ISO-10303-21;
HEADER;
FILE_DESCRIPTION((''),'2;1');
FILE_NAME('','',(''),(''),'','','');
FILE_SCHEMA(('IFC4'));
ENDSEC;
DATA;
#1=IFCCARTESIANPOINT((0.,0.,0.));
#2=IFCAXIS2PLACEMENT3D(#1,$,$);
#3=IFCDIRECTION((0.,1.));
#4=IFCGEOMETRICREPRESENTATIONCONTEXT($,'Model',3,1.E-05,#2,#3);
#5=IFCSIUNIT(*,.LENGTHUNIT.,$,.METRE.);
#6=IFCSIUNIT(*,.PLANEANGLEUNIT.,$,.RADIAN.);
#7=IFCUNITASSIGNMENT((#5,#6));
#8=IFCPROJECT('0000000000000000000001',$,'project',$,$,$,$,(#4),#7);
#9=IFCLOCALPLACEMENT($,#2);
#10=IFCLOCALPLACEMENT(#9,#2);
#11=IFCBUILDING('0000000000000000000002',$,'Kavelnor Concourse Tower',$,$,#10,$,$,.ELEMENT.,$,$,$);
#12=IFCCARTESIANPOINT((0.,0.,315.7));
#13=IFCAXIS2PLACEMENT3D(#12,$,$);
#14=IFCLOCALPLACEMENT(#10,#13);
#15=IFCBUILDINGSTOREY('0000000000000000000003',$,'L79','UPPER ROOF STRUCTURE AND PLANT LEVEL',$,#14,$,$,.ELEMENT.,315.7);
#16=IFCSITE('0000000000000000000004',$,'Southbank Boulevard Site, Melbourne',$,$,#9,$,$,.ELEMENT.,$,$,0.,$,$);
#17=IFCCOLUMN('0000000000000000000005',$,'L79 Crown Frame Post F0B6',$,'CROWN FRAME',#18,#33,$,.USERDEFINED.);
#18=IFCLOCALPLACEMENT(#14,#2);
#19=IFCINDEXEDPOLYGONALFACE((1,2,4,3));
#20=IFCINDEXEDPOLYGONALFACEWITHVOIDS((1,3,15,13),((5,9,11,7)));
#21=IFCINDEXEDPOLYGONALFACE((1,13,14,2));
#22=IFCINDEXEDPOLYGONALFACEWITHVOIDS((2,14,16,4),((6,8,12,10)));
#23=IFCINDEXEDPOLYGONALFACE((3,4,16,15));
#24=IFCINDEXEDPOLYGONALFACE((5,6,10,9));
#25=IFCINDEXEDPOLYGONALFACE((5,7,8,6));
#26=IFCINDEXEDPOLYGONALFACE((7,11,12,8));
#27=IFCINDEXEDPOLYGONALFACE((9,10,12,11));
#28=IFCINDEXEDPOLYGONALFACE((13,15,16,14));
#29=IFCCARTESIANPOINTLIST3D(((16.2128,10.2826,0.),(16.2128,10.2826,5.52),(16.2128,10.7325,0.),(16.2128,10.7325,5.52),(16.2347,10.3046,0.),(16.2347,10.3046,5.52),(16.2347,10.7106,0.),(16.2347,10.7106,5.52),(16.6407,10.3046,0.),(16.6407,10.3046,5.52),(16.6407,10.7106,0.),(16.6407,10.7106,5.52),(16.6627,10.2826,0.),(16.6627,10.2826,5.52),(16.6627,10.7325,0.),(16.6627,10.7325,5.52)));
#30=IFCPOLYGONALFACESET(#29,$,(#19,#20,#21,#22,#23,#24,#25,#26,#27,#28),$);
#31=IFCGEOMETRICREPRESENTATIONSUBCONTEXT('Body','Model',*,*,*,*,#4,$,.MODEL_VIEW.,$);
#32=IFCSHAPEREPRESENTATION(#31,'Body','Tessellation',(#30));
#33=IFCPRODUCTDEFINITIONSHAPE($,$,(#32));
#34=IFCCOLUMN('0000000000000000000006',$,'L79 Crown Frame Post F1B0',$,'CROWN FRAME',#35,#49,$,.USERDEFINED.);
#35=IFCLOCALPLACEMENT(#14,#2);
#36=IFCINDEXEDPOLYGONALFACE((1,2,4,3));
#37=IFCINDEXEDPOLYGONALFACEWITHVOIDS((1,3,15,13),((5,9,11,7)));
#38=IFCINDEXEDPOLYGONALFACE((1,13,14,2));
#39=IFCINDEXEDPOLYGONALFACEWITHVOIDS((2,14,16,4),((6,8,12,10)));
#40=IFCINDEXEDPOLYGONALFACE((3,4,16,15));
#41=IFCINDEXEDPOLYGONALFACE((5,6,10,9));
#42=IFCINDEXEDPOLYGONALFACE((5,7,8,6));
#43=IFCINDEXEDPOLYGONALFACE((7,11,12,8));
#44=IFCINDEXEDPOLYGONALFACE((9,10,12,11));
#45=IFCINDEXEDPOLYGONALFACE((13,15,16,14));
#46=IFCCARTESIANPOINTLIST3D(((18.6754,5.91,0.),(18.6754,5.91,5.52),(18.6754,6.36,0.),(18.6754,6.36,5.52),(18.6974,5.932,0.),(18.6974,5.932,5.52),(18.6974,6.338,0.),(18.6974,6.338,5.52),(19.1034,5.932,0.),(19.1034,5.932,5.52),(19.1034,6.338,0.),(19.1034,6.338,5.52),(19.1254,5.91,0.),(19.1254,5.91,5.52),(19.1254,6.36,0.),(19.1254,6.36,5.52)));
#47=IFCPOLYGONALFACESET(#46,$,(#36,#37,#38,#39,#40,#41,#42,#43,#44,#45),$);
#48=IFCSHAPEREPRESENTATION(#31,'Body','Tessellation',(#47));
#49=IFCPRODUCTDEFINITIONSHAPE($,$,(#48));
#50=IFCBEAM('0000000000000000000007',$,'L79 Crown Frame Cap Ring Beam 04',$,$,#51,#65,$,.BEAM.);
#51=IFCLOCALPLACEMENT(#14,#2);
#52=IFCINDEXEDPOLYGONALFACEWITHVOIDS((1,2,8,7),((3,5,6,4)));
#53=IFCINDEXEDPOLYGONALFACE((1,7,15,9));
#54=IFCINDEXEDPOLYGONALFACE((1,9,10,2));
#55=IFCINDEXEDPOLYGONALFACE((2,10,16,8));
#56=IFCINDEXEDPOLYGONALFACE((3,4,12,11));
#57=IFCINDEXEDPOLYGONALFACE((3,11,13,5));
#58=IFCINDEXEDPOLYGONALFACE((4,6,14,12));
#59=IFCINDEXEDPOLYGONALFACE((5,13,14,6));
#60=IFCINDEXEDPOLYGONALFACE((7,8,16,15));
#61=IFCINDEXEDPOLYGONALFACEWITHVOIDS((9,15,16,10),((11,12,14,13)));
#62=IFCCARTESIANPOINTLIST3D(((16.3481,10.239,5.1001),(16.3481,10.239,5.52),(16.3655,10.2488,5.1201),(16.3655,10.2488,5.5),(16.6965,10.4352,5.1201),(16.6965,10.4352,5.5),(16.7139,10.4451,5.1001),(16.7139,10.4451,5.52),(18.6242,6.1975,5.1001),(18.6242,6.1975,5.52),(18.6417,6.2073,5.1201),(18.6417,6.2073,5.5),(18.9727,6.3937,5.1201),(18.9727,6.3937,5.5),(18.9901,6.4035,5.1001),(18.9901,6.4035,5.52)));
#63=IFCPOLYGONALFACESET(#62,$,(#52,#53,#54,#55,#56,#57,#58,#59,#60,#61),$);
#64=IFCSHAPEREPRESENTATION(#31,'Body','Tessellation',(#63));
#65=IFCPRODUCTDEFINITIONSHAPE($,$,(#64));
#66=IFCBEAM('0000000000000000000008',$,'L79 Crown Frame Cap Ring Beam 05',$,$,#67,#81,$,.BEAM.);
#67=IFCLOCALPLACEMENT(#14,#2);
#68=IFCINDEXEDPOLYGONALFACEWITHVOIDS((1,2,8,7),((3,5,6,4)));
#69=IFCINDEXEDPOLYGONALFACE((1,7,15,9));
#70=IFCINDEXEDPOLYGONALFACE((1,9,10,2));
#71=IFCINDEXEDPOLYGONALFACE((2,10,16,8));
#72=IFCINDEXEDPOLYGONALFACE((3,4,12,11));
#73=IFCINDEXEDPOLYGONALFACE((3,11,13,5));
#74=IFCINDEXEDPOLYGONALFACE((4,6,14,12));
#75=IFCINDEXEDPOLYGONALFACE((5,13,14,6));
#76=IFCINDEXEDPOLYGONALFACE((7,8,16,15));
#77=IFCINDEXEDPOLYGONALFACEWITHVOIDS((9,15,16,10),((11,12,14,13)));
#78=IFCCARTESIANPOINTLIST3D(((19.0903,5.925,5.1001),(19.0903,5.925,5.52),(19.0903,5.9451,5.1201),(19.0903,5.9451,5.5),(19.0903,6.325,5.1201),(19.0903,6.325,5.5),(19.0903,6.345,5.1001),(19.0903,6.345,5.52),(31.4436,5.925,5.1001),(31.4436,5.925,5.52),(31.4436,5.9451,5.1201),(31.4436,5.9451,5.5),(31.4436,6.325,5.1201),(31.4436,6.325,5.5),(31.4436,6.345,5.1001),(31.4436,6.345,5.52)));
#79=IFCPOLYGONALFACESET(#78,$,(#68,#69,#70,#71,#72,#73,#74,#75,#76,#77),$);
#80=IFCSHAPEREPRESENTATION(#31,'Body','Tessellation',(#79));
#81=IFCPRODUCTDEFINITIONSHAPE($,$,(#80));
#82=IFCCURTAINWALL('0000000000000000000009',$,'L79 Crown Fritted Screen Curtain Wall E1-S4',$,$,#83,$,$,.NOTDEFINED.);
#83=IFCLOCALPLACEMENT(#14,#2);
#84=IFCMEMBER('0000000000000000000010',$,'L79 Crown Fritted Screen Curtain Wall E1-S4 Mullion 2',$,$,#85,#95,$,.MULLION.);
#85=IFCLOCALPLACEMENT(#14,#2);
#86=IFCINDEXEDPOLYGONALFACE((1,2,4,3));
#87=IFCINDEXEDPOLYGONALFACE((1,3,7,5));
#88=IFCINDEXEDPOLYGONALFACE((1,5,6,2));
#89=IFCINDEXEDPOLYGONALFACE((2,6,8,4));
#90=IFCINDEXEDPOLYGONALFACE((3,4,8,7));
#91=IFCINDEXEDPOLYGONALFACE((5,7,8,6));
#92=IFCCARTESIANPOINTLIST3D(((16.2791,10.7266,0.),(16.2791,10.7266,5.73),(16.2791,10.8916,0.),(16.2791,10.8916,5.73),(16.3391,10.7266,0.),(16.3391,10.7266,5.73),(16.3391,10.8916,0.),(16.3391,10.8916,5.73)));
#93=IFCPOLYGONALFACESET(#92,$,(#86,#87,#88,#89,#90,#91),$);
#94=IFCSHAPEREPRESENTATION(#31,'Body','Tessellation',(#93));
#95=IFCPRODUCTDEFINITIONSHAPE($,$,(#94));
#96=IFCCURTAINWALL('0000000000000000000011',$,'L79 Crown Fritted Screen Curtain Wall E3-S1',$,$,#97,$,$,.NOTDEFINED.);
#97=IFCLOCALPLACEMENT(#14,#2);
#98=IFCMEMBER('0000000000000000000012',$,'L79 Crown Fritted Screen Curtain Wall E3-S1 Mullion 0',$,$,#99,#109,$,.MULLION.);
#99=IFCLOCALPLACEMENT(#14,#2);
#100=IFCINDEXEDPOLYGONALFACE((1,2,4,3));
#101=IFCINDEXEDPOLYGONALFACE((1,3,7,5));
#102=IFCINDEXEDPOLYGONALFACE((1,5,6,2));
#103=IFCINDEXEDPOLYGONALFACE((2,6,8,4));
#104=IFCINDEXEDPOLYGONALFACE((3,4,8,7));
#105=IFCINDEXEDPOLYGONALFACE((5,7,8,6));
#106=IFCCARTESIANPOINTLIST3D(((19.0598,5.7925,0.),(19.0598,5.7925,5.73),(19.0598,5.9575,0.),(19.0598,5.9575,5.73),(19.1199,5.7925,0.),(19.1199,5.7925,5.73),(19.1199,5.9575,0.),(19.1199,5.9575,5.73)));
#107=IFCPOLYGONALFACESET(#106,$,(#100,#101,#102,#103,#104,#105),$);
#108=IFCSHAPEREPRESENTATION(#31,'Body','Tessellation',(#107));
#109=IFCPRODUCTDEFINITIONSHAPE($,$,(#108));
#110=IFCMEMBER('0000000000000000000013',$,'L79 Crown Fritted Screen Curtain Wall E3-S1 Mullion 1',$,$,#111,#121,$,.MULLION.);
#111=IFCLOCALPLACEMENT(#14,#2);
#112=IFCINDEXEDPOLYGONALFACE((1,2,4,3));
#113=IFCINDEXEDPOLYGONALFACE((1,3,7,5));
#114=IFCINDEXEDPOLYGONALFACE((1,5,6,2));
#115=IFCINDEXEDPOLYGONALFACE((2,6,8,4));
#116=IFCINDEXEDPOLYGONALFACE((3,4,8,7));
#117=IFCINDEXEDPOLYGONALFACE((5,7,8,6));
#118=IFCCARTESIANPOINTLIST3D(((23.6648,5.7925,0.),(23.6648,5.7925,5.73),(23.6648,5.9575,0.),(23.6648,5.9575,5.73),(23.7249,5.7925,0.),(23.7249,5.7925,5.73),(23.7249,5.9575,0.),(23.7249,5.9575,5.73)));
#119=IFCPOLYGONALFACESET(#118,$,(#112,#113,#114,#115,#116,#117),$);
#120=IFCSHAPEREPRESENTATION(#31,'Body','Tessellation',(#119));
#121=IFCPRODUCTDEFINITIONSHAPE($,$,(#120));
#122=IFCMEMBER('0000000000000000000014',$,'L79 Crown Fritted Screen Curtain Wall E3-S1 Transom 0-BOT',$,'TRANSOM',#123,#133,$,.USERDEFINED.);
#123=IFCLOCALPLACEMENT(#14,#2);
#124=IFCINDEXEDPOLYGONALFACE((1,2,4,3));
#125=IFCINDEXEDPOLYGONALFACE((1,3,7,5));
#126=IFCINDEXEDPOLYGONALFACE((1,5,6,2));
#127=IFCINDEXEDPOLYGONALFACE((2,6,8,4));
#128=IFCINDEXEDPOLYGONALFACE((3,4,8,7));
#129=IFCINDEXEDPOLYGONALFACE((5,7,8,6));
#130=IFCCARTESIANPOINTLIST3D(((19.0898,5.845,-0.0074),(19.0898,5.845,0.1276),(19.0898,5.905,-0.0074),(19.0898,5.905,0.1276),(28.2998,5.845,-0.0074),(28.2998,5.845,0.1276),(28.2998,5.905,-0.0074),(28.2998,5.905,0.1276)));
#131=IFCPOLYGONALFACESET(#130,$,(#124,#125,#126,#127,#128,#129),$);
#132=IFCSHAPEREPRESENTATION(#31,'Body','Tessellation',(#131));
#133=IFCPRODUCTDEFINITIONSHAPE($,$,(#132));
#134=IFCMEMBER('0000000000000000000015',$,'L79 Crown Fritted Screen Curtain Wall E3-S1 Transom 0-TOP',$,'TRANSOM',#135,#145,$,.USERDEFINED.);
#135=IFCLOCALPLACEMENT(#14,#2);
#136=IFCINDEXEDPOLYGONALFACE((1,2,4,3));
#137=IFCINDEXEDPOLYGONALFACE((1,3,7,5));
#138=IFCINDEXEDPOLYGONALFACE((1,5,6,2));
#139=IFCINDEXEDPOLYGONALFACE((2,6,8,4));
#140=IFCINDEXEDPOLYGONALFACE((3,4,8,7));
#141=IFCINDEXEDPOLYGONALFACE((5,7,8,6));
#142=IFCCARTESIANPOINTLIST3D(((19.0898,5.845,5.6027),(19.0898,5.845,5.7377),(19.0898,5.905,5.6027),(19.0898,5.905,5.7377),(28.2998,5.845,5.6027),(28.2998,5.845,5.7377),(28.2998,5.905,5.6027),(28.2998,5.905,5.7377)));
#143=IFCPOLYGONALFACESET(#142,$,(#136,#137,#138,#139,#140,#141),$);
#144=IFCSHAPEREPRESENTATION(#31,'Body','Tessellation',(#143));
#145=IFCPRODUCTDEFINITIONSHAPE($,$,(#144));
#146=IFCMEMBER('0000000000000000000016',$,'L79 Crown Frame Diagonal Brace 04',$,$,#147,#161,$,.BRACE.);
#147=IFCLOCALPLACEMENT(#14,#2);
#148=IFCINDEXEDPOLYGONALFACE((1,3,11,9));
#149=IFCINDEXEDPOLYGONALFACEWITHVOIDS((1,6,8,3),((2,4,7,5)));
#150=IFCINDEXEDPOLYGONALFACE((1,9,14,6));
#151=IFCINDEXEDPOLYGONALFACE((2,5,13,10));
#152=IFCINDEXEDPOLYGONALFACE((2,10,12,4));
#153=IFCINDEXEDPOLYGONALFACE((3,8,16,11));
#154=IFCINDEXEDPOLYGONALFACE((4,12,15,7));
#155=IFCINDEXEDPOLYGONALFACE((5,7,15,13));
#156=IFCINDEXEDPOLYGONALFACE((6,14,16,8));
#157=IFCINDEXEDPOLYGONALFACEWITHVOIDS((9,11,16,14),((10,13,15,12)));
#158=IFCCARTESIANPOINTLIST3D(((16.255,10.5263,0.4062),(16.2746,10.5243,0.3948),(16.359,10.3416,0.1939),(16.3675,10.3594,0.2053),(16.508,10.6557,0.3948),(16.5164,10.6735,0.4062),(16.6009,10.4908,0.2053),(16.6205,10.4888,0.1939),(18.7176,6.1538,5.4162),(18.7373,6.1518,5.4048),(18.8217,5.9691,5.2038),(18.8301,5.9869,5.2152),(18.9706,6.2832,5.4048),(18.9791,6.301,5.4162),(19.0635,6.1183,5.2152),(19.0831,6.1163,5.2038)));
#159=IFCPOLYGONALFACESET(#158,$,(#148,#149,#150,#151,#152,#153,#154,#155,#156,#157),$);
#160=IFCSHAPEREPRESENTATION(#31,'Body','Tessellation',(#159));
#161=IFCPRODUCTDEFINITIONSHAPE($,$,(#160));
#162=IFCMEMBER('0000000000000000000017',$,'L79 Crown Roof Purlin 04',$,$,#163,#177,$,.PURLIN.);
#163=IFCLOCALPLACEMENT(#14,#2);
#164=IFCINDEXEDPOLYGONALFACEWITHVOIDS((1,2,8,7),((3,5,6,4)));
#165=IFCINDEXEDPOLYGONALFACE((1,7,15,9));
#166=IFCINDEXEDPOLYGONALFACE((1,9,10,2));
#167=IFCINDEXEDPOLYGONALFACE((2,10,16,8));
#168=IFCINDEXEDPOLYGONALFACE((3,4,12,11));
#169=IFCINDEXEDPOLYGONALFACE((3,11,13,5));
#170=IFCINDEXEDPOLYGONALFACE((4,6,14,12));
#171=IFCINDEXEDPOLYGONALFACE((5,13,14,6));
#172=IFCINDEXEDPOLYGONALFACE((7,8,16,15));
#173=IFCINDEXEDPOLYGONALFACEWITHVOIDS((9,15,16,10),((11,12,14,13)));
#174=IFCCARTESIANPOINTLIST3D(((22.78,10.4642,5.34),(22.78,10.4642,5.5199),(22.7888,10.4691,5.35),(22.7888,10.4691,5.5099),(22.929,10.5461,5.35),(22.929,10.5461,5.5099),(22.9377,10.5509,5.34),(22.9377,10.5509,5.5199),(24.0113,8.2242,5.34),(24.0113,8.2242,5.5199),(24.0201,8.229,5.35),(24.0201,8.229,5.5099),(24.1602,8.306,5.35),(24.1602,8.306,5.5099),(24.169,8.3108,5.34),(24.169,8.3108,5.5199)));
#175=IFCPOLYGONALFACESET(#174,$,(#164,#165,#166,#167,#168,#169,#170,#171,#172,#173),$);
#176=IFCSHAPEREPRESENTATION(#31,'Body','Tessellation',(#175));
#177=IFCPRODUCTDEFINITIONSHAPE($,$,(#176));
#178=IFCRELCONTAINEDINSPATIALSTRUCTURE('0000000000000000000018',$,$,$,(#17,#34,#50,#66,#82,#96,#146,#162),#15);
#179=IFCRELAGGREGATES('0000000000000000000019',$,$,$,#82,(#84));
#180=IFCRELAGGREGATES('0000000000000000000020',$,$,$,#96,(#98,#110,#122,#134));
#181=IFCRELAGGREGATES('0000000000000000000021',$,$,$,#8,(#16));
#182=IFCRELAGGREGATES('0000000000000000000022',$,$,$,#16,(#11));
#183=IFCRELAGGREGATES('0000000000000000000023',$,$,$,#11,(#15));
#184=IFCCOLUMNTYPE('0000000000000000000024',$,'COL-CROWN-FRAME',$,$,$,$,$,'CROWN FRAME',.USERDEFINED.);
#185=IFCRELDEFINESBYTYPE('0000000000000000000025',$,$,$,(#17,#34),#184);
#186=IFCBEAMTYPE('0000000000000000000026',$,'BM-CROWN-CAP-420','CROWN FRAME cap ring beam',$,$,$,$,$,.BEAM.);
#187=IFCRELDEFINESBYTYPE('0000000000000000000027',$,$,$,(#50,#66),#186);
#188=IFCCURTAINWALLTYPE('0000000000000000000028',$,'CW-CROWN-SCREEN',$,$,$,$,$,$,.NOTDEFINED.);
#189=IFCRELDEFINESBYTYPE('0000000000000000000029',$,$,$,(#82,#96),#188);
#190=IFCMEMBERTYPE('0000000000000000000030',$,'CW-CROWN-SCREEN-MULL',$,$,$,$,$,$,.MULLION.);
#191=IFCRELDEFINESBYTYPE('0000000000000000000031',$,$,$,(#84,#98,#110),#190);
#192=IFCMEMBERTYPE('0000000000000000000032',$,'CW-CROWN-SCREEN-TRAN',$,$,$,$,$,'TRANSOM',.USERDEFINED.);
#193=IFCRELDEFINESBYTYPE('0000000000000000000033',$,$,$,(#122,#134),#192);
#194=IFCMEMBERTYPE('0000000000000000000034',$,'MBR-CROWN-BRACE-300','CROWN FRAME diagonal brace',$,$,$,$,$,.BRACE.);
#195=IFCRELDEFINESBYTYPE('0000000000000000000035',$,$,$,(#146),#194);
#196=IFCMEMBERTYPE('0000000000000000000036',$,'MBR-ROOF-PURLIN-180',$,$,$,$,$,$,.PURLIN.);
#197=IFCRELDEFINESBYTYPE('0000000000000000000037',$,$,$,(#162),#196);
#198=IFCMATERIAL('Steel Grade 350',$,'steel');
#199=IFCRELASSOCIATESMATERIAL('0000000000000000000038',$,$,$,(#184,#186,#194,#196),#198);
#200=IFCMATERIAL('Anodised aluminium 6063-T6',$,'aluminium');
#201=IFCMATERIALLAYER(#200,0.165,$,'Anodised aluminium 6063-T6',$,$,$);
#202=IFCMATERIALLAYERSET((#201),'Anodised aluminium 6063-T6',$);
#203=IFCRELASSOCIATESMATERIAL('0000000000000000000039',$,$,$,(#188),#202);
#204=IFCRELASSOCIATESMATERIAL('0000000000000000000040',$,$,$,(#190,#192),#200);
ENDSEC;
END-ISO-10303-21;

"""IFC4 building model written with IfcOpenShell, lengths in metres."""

from ifc_helpers import new_model, si_unit, direction, frame, origin, origin_2d, place, context, subcontext, project, spatial, rectangle, hollow_rectangle, extrude, material, layer, layer_set, material_profile, profile_set, type_object, element, aggregate, save


model = new_model("IFC4")

# Units and contexts
model_context = context("Model", 3, precision=1e-05, world=origin(), true_north=direction((0.0, 1.0)))
body_context = subcontext(model_context, "Body", "Model", "MODEL_VIEW")
ifc_project = project(units=[si_unit("LENGTHUNIT", "METRE"), si_unit("PLANEANGLEUNIT", "RADIAN")], contexts=[model_context])

# Site, building, storey
site_placement = place(None, origin())
site = spatial("IfcSite", under=ifc_project, at=site_placement, Name="Southbank Boulevard Site, Melbourne", CompositionType="ELEMENT", RefElevation=0.0)
building_placement = place(site_placement, origin())
building = spatial("IfcBuilding", under=site, at=building_placement, Name="Kavelnor Concourse Tower", CompositionType="ELEMENT")
storey_placement = place(building_placement, frame((0.0, 0.0, 315.7)))
storey = spatial("IfcBuildingStorey", under=building, at=storey_placement, Name="L79", Description="UPPER ROOF STRUCTURE AND PLANT LEVEL", CompositionType="ELEMENT", Elevation=315.7)

# Columns
ifc_material_1 = material(Name="Steel Grade 350", Category="steel")
ifc_material_profile_1 = material_profile(ifc_material_1, hollow_rectangle(XDim=0.45, YDim=0.45, WallThickness=0.022, at=origin_2d()), Name="SHS 450x450x22")
ifc_profile_set_1 = profile_set([ifc_material_profile_1], Name="Steel Grade 350")
column_type = type_object("IfcColumnType", Name="COL-CROWN-FRAME", ElementType="CROWN FRAME", PredefinedType="USERDEFINED", material=ifc_profile_set_1)
for number, where, z_axis, x_axis, name in (
    (1, (16.4377, 10.5076, 0.0), (0.0, 0.0, 1.0), (1.0, 0.0, 0.0), "L79 Crown Frame Post F0B6"),
    (2, (18.9004, 6.135, 0.0), (0.0, 0.0, 1.0), (1.0, 0.0, 0.0), "L79 Crown Frame Post F1B0"),
):
    element("IfcColumn", number, at=place(storey_placement, frame(where, z_axis=z_axis, x_axis=x_axis)), inside=storey, type_object=column_type, Name=name, ObjectType="CROWN FRAME", PredefinedType="USERDEFINED", context=body_context, shape_type="SweptSolid", body=[
        extrude(hollow_rectangle(XDim=0.45, YDim=0.45, WallThickness=0.022, at=origin_2d()), origin(), (0.0, 0.0, 1.0), 5.52),
    ])

# Beams
ifc_material_profile_2 = material_profile(ifc_material_1, hollow_rectangle(XDim=0.4199, YDim=0.4199, WallThickness=0.02, at=origin_2d()), Name="RHS 420x420x20")
ifc_profile_set_2 = profile_set([ifc_material_profile_2], Name="Steel Grade 350")
beam_type = type_object("IfcBeamType", Name="BM-CROWN-CAP-420", Description="CROWN FRAME cap ring beam", PredefinedType="BEAM", material=ifc_profile_set_2)
beam_1_placement = place(storey_placement, frame((16.531, 10.342, 5.3101), z_axis=(0.490716, -0.87132, 0.0), x_axis=(0.87132, 0.490716, 0.0)))
element("IfcBeam", 3, at=beam_1_placement, inside=storey, type_object=beam_type, Name="L79 Crown Frame Cap Ring Beam 04", PredefinedType="BEAM", context=body_context, shape_type="SweptSolid", body=[
    extrude(hollow_rectangle(XDim=0.4199, YDim=0.4199, WallThickness=0.02, at=origin_2d()), origin(), (0.0, 0.0, 1.0), 4.6384),
])
beam_2_placement = place(storey_placement, frame((19.0903, 6.135, 5.3101), z_axis=(1.0, 0.0, 0.0), x_axis=(0.0, 1.0, 0.0)))
element("IfcBeam", 4, at=beam_2_placement, inside=storey, type_object=beam_type, Name="L79 Crown Frame Cap Ring Beam 05", PredefinedType="BEAM", context=body_context, shape_type="SweptSolid", body=[
    extrude(hollow_rectangle(XDim=0.4199, YDim=0.4199, WallThickness=0.02, at=origin_2d()), origin(), (0.0, 0.0, 1.0), 12.3533),
])

# Curtain wall, member
ifc_material_2 = material(Name="Anodised aluminium 6063-T6", Category="aluminium")
ifc_layer_1 = layer(ifc_material_2, 0.165, Name="Anodised aluminium 6063-T6")
ifc_layer_set_1 = layer_set([ifc_layer_1], Name="Anodised aluminium 6063-T6")
curtain_wall_type = type_object("IfcCurtainWallType", Name="CW-CROWN-SCREEN", PredefinedType="NOTDEFINED", material=ifc_layer_set_1)
curtain_wall_1_placement = place(storey_placement, origin())
curtain_wall_1 = element("IfcCurtainWall", 5, at=curtain_wall_1_placement, inside=storey, type_object=curtain_wall_type, Name="L79 Crown Fritted Screen Curtain Wall E1-S4", PredefinedType="NOTDEFINED")
ifc_material_profile_3 = material_profile(ifc_material_2, rectangle(XDim=0.0601, YDim=0.165, at=origin_2d()), Name="AL-MULL 60x165")
ifc_profile_set_3 = profile_set([ifc_material_profile_3], Name="Anodised aluminium 6063-T6")
member_type_1 = type_object("IfcMemberType", Name="CW-CROWN-SCREEN-MULL", PredefinedType="MULLION", material=ifc_profile_set_3)
member_1_placement = place(storey_placement, frame((16.3091, 10.8091, 0.0), z_axis=(0.0, 0.0, 1.0), x_axis=(1.0, 0.0, 0.0)))
member_1 = element("IfcMember", 6, at=member_1_placement, type_object=member_type_1, Name="L79 Crown Fritted Screen Curtain Wall E1-S4 Mullion 2", PredefinedType="MULLION", context=body_context, shape_type="SweptSolid", body=[
    extrude(rectangle(XDim=0.0601, YDim=0.165, at=origin_2d()), origin(), (0.0, 0.0, 1.0), 5.73),
])
aggregate(curtain_wall_1, [member_1])

# Curtain wall, members
curtain_wall_2_placement = place(storey_placement, origin())
curtain_wall_2 = element("IfcCurtainWall", 7, at=curtain_wall_2_placement, inside=storey, type_object=curtain_wall_type, Name="L79 Crown Fritted Screen Curtain Wall E3-S1", PredefinedType="NOTDEFINED")
member_2_placement = place(storey_placement, frame((19.0898, 5.875, 0.0), z_axis=(0.0, 0.0, 1.0), x_axis=(1.0, 0.0, 0.0)))
member_2 = element("IfcMember", 8, at=member_2_placement, type_object=member_type_1, Name="L79 Crown Fritted Screen Curtain Wall E3-S1 Mullion 0", PredefinedType="MULLION", context=body_context, shape_type="SweptSolid", body=[
    extrude(rectangle(XDim=0.0601, YDim=0.165, at=origin_2d()), origin(), (0.0, 0.0, 1.0), 5.73),
])
member_3_placement = place(storey_placement, frame((23.6948, 5.875, 0.0), z_axis=(0.0, 0.0, 1.0), x_axis=(1.0, 0.0, 0.0)))
member_3 = element("IfcMember", 9, at=member_3_placement, type_object=member_type_1, Name="L79 Crown Fritted Screen Curtain Wall E3-S1 Mullion 1", PredefinedType="MULLION", context=body_context, shape_type="SweptSolid", body=[
    extrude(rectangle(XDim=0.0601, YDim=0.165, at=origin_2d()), origin(), (0.0, 0.0, 1.0), 5.73),
])
ifc_material_profile_4 = material_profile(ifc_material_2, rectangle(XDim=0.0601, YDim=0.135, at=origin_2d()), Name="AL-TRAN 60x135")
ifc_profile_set_4 = profile_set([ifc_material_profile_4], Name="Anodised aluminium 6063-T6")
member_type_2 = type_object("IfcMemberType", Name="CW-CROWN-SCREEN-TRAN", ElementType="TRANSOM", PredefinedType="USERDEFINED", material=ifc_profile_set_4)
member_4_placement = place(storey_placement, frame((19.0898, 5.875, 0.0601), z_axis=(1.0, 0.0, 0.0), x_axis=(0.0, 1.0, 0.0)))
member_4 = element("IfcMember", 10, at=member_4_placement, type_object=member_type_2, Name="L79 Crown Fritted Screen Curtain Wall E3-S1 Transom 0-BOT", ObjectType="TRANSOM", PredefinedType="USERDEFINED", context=body_context, shape_type="SweptSolid", body=[
    extrude(rectangle(XDim=0.0601, YDim=0.135, at=origin_2d()), origin(), (0.0, 0.0, 1.0), 9.21),
])
member_5_placement = place(storey_placement, frame((19.0898, 5.875, 5.6702), z_axis=(1.0, 0.0, 0.0), x_axis=(0.0, 1.0, 0.0)))
member_5 = element("IfcMember", 11, at=member_5_placement, type_object=member_type_2, Name="L79 Crown Fritted Screen Curtain Wall E3-S1 Transom 0-TOP", ObjectType="TRANSOM", PredefinedType="USERDEFINED", context=body_context, shape_type="SweptSolid", body=[
    extrude(rectangle(XDim=0.0601, YDim=0.135, at=origin_2d()), origin(), (0.0, 0.0, 1.0), 9.21),
])

# Members
ifc_material_profile_5 = material_profile(ifc_material_1, hollow_rectangle(XDim=0.3, YDim=0.3, WallThickness=0.0161, at=origin_2d()), Name="SHS 300x300x16")
ifc_profile_set_5 = profile_set([ifc_material_profile_5], Name="Steel Grade 350")
member_type_3 = type_object("IfcMemberType", Name="MBR-CROWN-BRACE-300", Description="CROWN FRAME diagonal brace", PredefinedType="BRACE", material=ifc_profile_set_5)
member_6_placement = place(storey_placement, frame((16.4377, 10.5076, 0.3), z_axis=(0.347286, -0.616624, 0.706518), x_axis=(0.871313, 0.490728, 0.0)))
element("IfcMember", 12, at=member_6_placement, inside=storey, type_object=member_type_3, Name="L79 Crown Frame Diagonal Brace 04", PredefinedType="BRACE", context=body_context, shape_type="SweptSolid", body=[
    extrude(hollow_rectangle(XDim=0.3, YDim=0.3, WallThickness=0.0161, at=origin_2d()), origin(), (0.0, 0.0, 1.0), 7.0911),
])
ifc_material_profile_6 = material_profile(ifc_material_1, hollow_rectangle(XDim=0.1799, YDim=0.1799, WallThickness=0.01, at=origin_2d()), Name="SHS 180x180x10")
ifc_profile_set_6 = profile_set([ifc_material_profile_6], Name="Steel Grade 350")
member_type_4 = type_object("IfcMemberType", Name="MBR-ROOF-PURLIN-180", PredefinedType="PURLIN", material=ifc_profile_set_6)
member_7_placement = place(storey_placement, frame((22.8589, 10.5076, 5.4299), z_axis=(0.48168, -0.876347, 0.0), x_axis=(0.876347, 0.48168, 0.0)))
element("IfcMember", 13, at=member_7_placement, inside=storey, type_object=member_type_4, Name="L79 Crown Roof Purlin 04", PredefinedType="PURLIN", context=body_context, shape_type="SweptSolid", body=[
    extrude(hollow_rectangle(XDim=0.1799, YDim=0.1799, WallThickness=0.01, at=origin_2d()), origin(), (0.0, 0.0, 1.0), 2.5562),
])

aggregate(curtain_wall_2, [member_2, member_3, member_4, member_5])

save(model, "model.ifc")
